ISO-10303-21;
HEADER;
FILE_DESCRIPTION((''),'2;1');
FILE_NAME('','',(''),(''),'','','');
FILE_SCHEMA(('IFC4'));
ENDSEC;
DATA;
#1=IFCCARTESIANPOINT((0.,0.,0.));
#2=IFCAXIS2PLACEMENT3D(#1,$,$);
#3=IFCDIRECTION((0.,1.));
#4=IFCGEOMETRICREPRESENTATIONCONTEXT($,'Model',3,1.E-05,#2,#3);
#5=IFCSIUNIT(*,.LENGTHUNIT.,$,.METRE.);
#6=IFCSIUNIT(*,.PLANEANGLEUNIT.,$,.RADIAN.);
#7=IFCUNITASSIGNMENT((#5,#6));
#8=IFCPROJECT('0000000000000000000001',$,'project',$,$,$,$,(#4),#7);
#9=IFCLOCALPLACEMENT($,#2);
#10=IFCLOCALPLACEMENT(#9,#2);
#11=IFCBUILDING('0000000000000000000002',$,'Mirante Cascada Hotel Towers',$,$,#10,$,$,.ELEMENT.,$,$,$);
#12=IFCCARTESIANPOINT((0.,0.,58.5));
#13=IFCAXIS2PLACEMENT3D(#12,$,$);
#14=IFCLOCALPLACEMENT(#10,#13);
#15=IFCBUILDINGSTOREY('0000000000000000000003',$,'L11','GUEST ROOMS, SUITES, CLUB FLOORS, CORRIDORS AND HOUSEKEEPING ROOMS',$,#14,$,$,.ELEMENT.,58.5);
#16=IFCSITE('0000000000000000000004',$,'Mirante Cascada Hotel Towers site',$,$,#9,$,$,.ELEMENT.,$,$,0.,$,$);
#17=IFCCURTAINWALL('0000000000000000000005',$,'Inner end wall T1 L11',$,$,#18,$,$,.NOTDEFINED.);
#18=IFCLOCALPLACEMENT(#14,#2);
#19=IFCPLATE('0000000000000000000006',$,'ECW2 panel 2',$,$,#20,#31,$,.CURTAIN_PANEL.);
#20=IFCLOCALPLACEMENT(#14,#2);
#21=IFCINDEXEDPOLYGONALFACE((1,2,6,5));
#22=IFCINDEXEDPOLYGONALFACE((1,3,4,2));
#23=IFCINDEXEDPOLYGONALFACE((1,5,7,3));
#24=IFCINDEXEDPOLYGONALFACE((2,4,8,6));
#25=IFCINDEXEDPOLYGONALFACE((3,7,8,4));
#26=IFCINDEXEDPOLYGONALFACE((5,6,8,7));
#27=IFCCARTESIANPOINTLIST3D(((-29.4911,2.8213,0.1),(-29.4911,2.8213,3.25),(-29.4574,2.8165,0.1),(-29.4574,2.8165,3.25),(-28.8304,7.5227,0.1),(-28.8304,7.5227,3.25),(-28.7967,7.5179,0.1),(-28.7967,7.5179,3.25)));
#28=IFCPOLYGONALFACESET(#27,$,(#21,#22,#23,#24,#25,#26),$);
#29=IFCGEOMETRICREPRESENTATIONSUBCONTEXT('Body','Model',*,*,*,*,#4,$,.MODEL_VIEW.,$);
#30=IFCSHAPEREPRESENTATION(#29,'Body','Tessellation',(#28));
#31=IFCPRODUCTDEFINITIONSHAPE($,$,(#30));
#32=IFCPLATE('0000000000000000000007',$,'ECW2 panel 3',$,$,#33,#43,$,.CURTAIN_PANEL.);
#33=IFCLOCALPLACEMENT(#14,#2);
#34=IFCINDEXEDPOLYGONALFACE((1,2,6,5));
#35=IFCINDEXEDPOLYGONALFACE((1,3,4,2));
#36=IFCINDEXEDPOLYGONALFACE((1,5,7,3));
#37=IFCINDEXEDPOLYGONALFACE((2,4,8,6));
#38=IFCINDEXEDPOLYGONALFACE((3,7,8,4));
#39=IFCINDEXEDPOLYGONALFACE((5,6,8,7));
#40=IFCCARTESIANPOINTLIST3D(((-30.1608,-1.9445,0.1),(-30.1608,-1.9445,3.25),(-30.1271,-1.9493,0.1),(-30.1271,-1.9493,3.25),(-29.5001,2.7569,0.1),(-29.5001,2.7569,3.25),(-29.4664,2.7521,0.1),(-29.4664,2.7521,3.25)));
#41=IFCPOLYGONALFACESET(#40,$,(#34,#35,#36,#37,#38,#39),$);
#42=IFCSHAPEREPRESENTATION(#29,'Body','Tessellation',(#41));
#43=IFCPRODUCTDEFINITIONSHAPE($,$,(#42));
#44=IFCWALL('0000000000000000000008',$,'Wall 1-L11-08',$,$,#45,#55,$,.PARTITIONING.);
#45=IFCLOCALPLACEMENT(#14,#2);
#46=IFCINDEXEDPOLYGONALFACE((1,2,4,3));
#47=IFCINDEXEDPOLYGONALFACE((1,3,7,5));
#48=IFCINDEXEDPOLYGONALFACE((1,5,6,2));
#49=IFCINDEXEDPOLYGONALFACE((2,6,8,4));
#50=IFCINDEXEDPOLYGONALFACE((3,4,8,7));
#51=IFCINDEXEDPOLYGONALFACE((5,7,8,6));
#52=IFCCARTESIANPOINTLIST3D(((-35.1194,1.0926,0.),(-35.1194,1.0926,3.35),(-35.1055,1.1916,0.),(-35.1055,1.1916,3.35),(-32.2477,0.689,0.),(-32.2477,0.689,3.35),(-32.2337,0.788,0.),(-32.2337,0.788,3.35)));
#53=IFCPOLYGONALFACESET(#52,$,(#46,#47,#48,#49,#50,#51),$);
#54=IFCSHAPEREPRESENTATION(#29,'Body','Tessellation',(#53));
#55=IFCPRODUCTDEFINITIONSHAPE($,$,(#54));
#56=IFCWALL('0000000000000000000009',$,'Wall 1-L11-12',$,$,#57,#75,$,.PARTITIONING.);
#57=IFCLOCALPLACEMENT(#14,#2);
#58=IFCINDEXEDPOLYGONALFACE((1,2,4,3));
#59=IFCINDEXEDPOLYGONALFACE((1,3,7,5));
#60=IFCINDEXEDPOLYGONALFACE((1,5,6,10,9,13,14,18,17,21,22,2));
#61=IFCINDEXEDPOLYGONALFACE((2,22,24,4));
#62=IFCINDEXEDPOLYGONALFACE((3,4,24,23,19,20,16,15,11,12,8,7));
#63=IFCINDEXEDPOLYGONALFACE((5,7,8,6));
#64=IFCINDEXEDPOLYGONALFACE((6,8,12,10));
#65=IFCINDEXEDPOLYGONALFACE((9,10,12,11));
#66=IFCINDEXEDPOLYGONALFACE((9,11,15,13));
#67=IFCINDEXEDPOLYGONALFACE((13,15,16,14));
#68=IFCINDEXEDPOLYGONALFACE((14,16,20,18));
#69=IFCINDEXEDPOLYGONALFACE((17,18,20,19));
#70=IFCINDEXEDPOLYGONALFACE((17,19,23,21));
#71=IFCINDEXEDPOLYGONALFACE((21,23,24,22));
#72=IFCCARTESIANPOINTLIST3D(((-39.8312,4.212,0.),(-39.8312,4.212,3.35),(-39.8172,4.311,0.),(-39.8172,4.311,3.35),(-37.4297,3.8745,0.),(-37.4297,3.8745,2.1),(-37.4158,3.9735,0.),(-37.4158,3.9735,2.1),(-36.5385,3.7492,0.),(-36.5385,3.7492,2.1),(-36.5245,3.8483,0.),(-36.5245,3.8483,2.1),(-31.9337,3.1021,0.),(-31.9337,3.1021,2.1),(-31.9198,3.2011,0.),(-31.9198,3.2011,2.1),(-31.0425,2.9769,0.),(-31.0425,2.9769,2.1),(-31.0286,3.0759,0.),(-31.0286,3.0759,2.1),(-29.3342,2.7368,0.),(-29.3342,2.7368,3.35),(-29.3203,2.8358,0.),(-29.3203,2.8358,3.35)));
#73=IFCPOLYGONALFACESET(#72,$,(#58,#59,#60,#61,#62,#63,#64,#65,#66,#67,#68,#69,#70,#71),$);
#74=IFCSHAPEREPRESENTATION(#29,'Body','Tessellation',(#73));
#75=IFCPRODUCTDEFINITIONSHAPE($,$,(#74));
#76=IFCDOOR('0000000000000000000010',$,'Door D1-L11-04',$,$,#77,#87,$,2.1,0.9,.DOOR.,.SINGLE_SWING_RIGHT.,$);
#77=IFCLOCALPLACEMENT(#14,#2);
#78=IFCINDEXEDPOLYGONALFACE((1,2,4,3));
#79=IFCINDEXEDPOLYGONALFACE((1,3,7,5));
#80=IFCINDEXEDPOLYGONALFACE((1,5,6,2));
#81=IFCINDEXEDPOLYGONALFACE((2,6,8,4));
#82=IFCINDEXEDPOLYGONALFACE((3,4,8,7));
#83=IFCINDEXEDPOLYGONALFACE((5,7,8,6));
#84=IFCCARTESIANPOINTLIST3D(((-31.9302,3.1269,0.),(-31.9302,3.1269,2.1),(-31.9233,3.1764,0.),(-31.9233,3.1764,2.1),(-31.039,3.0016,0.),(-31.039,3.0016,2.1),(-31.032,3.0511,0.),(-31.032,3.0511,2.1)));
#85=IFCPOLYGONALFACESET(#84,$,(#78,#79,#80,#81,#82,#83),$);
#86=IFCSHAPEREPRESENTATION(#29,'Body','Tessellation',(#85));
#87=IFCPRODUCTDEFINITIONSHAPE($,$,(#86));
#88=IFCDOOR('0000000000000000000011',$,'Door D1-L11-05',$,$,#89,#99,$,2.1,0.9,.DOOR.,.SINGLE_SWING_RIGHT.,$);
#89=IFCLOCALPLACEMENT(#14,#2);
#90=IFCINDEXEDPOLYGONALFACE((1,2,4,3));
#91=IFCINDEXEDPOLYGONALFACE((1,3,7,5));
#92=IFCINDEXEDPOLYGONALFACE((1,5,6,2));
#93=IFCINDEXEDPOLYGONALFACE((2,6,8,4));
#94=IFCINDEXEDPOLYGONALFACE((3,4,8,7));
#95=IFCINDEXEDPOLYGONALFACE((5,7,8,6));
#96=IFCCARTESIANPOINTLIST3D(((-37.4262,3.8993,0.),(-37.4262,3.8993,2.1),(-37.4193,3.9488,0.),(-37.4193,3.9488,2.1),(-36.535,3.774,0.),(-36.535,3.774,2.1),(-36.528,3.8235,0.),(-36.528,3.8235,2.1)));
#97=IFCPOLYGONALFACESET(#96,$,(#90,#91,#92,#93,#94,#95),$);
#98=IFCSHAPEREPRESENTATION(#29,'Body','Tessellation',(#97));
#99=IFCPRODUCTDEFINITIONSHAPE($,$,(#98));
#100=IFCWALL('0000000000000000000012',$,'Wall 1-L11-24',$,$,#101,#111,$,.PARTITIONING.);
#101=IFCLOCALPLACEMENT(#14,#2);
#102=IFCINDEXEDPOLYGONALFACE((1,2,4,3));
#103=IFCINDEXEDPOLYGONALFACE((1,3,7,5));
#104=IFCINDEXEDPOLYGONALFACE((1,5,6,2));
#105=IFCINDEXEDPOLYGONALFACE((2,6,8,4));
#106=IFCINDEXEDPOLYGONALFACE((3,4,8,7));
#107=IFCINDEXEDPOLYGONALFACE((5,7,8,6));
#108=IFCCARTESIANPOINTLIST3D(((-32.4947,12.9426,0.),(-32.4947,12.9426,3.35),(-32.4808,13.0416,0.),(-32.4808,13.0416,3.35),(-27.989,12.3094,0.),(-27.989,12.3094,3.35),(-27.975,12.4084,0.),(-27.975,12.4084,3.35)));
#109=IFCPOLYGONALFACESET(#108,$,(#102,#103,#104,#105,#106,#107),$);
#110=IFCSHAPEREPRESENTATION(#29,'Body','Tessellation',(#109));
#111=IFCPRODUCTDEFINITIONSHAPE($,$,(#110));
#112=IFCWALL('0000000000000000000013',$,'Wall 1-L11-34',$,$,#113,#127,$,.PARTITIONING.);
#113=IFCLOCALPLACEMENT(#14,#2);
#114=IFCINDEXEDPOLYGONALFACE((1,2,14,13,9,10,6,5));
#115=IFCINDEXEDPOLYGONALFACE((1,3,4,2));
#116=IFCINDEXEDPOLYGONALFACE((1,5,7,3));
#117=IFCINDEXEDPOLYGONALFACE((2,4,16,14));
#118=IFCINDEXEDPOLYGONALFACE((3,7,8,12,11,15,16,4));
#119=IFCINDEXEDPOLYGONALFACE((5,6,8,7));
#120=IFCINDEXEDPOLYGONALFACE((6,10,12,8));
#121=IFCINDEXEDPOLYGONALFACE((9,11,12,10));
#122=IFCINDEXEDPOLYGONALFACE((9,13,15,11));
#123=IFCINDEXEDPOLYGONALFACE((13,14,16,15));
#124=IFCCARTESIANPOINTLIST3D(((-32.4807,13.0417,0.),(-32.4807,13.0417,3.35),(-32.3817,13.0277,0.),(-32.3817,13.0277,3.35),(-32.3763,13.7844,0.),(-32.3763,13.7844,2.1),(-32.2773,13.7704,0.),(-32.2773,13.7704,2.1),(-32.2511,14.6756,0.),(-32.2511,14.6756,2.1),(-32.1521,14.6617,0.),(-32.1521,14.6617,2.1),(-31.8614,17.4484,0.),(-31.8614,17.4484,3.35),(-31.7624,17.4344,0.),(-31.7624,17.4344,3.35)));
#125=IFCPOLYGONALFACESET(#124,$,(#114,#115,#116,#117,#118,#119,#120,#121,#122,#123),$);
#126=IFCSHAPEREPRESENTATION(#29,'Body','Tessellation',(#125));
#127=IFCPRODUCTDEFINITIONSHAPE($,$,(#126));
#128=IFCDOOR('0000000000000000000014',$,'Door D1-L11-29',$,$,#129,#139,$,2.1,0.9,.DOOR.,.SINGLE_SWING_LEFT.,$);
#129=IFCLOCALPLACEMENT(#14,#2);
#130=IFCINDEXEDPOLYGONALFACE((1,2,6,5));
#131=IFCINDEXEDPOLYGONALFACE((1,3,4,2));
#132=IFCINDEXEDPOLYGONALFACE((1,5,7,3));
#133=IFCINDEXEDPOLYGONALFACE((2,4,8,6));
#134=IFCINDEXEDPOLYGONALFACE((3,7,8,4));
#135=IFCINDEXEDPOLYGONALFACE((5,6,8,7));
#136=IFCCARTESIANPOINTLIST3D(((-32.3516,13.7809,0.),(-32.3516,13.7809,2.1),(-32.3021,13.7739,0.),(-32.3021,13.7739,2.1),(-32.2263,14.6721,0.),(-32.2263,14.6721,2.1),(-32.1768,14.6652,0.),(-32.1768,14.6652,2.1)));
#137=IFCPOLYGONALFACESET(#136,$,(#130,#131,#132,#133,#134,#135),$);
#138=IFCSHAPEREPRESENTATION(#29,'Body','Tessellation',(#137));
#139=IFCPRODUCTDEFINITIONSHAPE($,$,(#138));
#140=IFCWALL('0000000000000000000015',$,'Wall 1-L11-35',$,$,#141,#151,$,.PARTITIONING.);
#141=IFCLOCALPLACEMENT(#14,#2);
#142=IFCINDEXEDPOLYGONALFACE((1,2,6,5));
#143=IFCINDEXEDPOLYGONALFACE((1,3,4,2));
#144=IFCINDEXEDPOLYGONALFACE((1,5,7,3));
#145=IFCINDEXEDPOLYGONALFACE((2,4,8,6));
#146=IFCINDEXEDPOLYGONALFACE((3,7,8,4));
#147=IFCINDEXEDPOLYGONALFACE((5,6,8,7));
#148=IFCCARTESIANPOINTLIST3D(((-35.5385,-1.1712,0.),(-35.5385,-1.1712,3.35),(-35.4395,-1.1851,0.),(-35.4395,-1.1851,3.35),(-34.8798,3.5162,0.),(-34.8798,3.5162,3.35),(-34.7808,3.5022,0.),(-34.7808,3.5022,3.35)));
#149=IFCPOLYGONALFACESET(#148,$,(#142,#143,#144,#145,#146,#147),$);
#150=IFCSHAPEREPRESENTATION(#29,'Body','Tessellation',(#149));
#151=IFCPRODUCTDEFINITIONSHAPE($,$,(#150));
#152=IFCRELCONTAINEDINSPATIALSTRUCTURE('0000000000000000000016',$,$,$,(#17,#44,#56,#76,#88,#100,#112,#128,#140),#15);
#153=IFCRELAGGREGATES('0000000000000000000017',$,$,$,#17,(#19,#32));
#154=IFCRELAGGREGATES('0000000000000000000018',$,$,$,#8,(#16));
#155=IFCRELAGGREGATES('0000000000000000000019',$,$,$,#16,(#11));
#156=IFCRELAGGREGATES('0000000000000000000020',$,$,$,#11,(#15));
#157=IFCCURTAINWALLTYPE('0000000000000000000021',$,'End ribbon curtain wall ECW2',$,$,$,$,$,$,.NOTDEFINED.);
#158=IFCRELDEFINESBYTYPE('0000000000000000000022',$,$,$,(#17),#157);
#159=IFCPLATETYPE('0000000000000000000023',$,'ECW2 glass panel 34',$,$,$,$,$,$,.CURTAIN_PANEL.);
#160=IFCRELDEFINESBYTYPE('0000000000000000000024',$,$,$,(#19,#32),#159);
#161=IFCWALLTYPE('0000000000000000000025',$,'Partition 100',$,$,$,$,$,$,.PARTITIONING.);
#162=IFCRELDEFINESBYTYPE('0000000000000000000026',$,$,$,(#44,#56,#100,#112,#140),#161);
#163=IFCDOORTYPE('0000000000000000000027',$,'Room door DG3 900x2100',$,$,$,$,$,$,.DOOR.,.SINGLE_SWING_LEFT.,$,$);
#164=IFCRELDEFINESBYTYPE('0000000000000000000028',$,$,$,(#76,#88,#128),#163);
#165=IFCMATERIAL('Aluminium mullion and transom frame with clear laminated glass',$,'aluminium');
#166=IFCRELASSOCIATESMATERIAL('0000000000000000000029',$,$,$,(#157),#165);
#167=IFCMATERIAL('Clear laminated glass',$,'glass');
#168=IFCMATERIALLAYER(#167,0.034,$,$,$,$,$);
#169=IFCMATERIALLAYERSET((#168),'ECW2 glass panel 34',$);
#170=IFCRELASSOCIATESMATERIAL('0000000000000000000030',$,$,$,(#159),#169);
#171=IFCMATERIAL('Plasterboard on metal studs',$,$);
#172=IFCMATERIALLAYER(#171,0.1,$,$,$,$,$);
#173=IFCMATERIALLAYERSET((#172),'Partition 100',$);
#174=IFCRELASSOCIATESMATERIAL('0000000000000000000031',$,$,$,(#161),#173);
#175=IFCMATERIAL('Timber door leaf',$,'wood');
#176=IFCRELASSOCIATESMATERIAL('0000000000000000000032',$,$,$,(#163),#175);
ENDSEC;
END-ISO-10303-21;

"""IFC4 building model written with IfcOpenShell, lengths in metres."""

from ifc_helpers import new_model, si_unit, direction, frame, frame_2d, origin, origin_2d, place, context, subcontext, project, spatial, rectangle, extrude, material, layer, layer_set, type_object, element, fill, aggregate, save


model = new_model("IFC4")

# Units and contexts
model_context = context("Model", 3, precision=1e-05, world=origin(), true_north=direction((0.0, 1.0)))
body_context = subcontext(model_context, "Body", "Model", "MODEL_VIEW")
ifc_project = project(units=[si_unit("LENGTHUNIT", "METRE"), si_unit("PLANEANGLEUNIT", "RADIAN")], contexts=[model_context])

# Site, building, storey
site_placement = place(None, origin())
site = spatial("IfcSite", under=ifc_project, at=site_placement, Name="Mirante Cascada Hotel Towers site", CompositionType="ELEMENT", RefElevation=0.0)
building_placement = place(site_placement, origin())
building = spatial("IfcBuilding", under=site, at=building_placement, Name="Mirante Cascada Hotel Towers", CompositionType="ELEMENT")
storey_placement = place(building_placement, frame((0.0, 0.0, 58.5)))
storey = spatial("IfcBuildingStorey", under=building, at=storey_placement, Name="L11", Description="GUEST ROOMS, SUITES, CLUB FLOORS, CORRIDORS AND HOUSEKEEPING ROOMS", CompositionType="ELEMENT", Elevation=58.5)

# Curtain wall
ifc_material_1 = material(Name="Aluminium mullion and transom frame with clear laminated glass", Category="aluminium")
curtain_wall_type_1 = type_object("IfcCurtainWallType", Name="End ribbon curtain wall ECW2", PredefinedType="NOTDEFINED", material=ifc_material_1)
curtain_wall_1_placement = place(storey_placement, origin())
curtain_wall_1 = element("IfcCurtainWall", 1, at=curtain_wall_1_placement, inside=storey, type_object=curtain_wall_type_1, Name="Inner end wall T1 L11", PredefinedType="NOTDEFINED")

# Plates
ifc_material_2 = material(Name="Clear laminated glass", Category="glass")
ifc_layer_1 = layer(ifc_material_2, 0.034)
ifc_layer_set_1 = layer_set([ifc_layer_1], Name="ECW2 glass panel 34")
plate_type_1 = type_object("IfcPlateType", Name="ECW2 glass panel 34", PredefinedType="CURTAIN_PANEL", material=ifc_layer_set_1)
plate_1_placement = place(storey_placement, frame((-29.1439, 5.1696, 0.1), z_axis=(0.0, 0.0, 1.0), x_axis=(-0.139173, -0.990268, 0.0)))
plate_1 = element("IfcPlate", 2, at=plate_1_placement, type_object=plate_type_1, Name="ECW2 panel 2", PredefinedType="CURTAIN_PANEL", context=body_context, shape_type="SweptSolid", body=[
    extrude(rectangle(XDim=4.7476, YDim=0.034, at=origin_2d()), origin(), (0.0, 0.0, 1.0), 3.15),
])
plate_2_placement = place(storey_placement, frame((-29.8136, 0.4038, 0.1), z_axis=(0.0, 0.0, 1.0), x_axis=(-0.139173, -0.990268, 0.0)))
plate_2 = element("IfcPlate", 3, at=plate_2_placement, type_object=plate_type_1, Name="ECW2 panel 3", PredefinedType="CURTAIN_PANEL", context=body_context, shape_type="SweptSolid", body=[
    extrude(rectangle(XDim=4.7476, YDim=0.034, at=origin_2d()), origin(), (0.0, 0.0, 1.0), 3.15),
])
aggregate(curtain_wall_1, [plate_1, plate_2])

# Wall
ifc_material_3 = material(Name="Plasterboard on metal studs")
ifc_layer_2 = layer(ifc_material_3, 0.1)
ifc_layer_set_2 = layer_set([ifc_layer_2], Name="Partition 100")
wall_type_1 = type_object("IfcWallType", Name="Partition 100", PredefinedType="PARTITIONING", material=ifc_layer_set_2)
wall_1_placement = place(storey_placement, frame((-32.2407, 0.7385, 0.0), z_axis=(0.0, 0.0, 1.0), x_axis=(-0.990268, 0.139171, 0.0)))
element("IfcWall", 4, at=wall_1_placement, inside=storey, type_object=wall_type_1, Name="Wall 1-L11-08", PredefinedType="PARTITIONING", context=body_context, shape_type="SweptSolid", body=[
    extrude(rectangle(XDim=2.9, YDim=0.1, at=frame_2d((1.45, 0.0))), origin(), (0.0, 0.0, 1.0), 3.35),
])

# Wall, openings, doors
wall_2_placement = place(storey_placement, frame((-29.3273, 2.7863, 0.0), z_axis=(0.0, 0.0, 1.0), x_axis=(-0.990269, 0.139169, 0.0)))
wall_2 = element("IfcWall", 5, at=wall_2_placement, inside=storey, type_object=wall_type_1, Name="Wall 1-L11-12", PredefinedType="PARTITIONING", context=body_context, shape_type="SweptSolid", body=[
    extrude(rectangle(XDim=10.6001, YDim=0.1, at=frame_2d((5.3, 0.0))), origin(), (0.0, 0.0, 1.0), 3.35),
])
opening_1_placement = place(wall_2_placement, frame((1.725, 0.0, 0.0)))
opening_1 = element("IfcOpeningElement", 6, at=opening_1_placement, cuts=wall_2, PredefinedType="OPENING", context=body_context, shape_type="SweptSolid", body=[
    extrude(rectangle(XDim=0.9, YDim=2.1, at=frame_2d((0.45, 1.05))), frame((0.0, 0.05, 0.0), z_axis=(0.0, -1.0, 0.0), x_axis=(1.0, 0.0, 0.0)), (0.0, 0.0, 1.0), 0.1),
])
opening_2_placement = place(wall_2_placement, frame((7.275, 0.0, 0.0)))
opening_2 = element("IfcOpeningElement", 7, at=opening_2_placement, cuts=wall_2, PredefinedType="OPENING", context=body_context, shape_type="SweptSolid", body=[
    extrude(rectangle(XDim=0.9, YDim=2.1, at=frame_2d((0.45, 1.05))), frame((0.0, 0.05, 0.0), z_axis=(0.0, -1.0, 0.0), x_axis=(1.0, 0.0, 0.0)), (0.0, 0.0, 1.0), 0.1),
])
ifc_material_4 = material(Name="Timber door leaf", Category="wood")
door_type = type_object("IfcDoorType", Name="Room door DG3 900x2100", OperationType="SINGLE_SWING_LEFT", PredefinedType="DOOR", material=ifc_material_4)
door_1_placement = place(opening_1_placement, frame((0.9, 0.0, 0.0), z_axis=(0.0, 0.0, 1.0), x_axis=(-1.0, 0.0, 0.0)))
door_1 = element("IfcDoor", 8, at=door_1_placement, inside=storey, type_object=door_type, Name="Door D1-L11-04", OperationType="SINGLE_SWING_RIGHT", OverallHeight=2.1, OverallWidth=0.9, PredefinedType="DOOR", context=body_context, shape_type="SweptSolid", body=[
    extrude(rectangle(XDim=0.9, YDim=2.1, at=frame_2d((0.45, 1.05))), frame((0.0, 0.025, 0.0), z_axis=(0.0, -1.0, 0.0), x_axis=(1.0, 0.0, 0.0)), (0.0, 0.0, 1.0), 0.05),
])
fill(opening_1, door_1)
door_2_placement = place(opening_2_placement, frame((0.9, 0.0, 0.0), z_axis=(0.0, 0.0, 1.0), x_axis=(-1.0, 0.0, 0.0)))
door_2 = element("IfcDoor", 9, at=door_2_placement, inside=storey, type_object=door_type, Name="Door D1-L11-05", OperationType="SINGLE_SWING_RIGHT", OverallHeight=2.1, OverallWidth=0.9, PredefinedType="DOOR", context=body_context, shape_type="SweptSolid", body=[
    extrude(rectangle(XDim=0.9, YDim=2.1, at=frame_2d((0.45, 1.05))), frame((0.0, 0.025, 0.0), z_axis=(0.0, -1.0, 0.0), x_axis=(1.0, 0.0, 0.0)), (0.0, 0.0, 1.0), 0.05),
])
fill(opening_2, door_2)

# Wall
wall_3_placement = place(storey_placement, frame((-27.982, 12.3589, 0.0), z_axis=(0.0, 0.0, 1.0), x_axis=(-0.990269, 0.139166, 0.0)))
element("IfcWall", 10, at=wall_3_placement, inside=storey, type_object=wall_type_1, Name="Wall 1-L11-24", PredefinedType="PARTITIONING", context=body_context, shape_type="SweptSolid", body=[
    extrude(rectangle(XDim=4.55, YDim=0.1, at=frame_2d((2.275, 0.0))), origin(), (0.0, 0.0, 1.0), 3.35),
])

# Wall, opening, door
wall_4_placement = place(storey_placement, frame((-32.4312, 13.0347, 0.0), z_axis=(0.0, 0.0, 1.0), x_axis=(0.139168, 0.990269, 0.0)))
wall_4 = element("IfcWall", 11, at=wall_4_placement, inside=storey, type_object=wall_type_1, Name="Wall 1-L11-34", PredefinedType="PARTITIONING", context=body_context, shape_type="SweptSolid", body=[
    extrude(rectangle(XDim=4.45, YDim=0.1, at=frame_2d((2.225, 0.0))), origin(), (0.0, 0.0, 1.0), 3.35),
])
opening_3_placement = place(wall_4_placement, frame((0.75, 0.0, 0.0)))
opening_3 = element("IfcOpeningElement", 12, at=opening_3_placement, cuts=wall_4, PredefinedType="OPENING", context=body_context, shape_type="SweptSolid", body=[
    extrude(rectangle(XDim=0.9, YDim=2.1, at=frame_2d((0.45, 1.05))), frame((0.0, 0.05, 0.0), z_axis=(0.0, -1.0, 0.0), x_axis=(1.0, 0.0, 0.0)), (0.0, 0.0, 1.0), 0.1),
])
door_3_placement = place(opening_3_placement, origin())
door_3 = element("IfcDoor", 13, at=door_3_placement, inside=storey, type_object=door_type, Name="Door D1-L11-29", OperationType="SINGLE_SWING_LEFT", OverallHeight=2.1, OverallWidth=0.9, PredefinedType="DOOR", context=body_context, shape_type="SweptSolid", body=[
    extrude(rectangle(XDim=0.9, YDim=2.1, at=frame_2d((0.45, 1.05))), frame((0.0, 0.025, 0.0), z_axis=(0.0, -1.0, 0.0), x_axis=(1.0, 0.0, 0.0)), (0.0, 0.0, 1.0), 0.05),
])
fill(opening_3, door_3)

# Wall
wall_5_placement = place(storey_placement, frame((-34.8303, 3.5092, 0.0), z_axis=(0.0, 0.0, 1.0), x_axis=(-0.139161, -0.99027, 0.0)))
element("IfcWall", 14, at=wall_5_placement, inside=storey, type_object=wall_type_1, Name="Wall 1-L11-35", PredefinedType="PARTITIONING", context=body_context, shape_type="SweptSolid", body=[
    extrude(rectangle(XDim=4.7334, YDim=0.1, at=frame_2d((2.3667, 0.0))), origin(), (0.0, 0.0, 1.0), 3.35),
])

save(model, "model.ifc")
